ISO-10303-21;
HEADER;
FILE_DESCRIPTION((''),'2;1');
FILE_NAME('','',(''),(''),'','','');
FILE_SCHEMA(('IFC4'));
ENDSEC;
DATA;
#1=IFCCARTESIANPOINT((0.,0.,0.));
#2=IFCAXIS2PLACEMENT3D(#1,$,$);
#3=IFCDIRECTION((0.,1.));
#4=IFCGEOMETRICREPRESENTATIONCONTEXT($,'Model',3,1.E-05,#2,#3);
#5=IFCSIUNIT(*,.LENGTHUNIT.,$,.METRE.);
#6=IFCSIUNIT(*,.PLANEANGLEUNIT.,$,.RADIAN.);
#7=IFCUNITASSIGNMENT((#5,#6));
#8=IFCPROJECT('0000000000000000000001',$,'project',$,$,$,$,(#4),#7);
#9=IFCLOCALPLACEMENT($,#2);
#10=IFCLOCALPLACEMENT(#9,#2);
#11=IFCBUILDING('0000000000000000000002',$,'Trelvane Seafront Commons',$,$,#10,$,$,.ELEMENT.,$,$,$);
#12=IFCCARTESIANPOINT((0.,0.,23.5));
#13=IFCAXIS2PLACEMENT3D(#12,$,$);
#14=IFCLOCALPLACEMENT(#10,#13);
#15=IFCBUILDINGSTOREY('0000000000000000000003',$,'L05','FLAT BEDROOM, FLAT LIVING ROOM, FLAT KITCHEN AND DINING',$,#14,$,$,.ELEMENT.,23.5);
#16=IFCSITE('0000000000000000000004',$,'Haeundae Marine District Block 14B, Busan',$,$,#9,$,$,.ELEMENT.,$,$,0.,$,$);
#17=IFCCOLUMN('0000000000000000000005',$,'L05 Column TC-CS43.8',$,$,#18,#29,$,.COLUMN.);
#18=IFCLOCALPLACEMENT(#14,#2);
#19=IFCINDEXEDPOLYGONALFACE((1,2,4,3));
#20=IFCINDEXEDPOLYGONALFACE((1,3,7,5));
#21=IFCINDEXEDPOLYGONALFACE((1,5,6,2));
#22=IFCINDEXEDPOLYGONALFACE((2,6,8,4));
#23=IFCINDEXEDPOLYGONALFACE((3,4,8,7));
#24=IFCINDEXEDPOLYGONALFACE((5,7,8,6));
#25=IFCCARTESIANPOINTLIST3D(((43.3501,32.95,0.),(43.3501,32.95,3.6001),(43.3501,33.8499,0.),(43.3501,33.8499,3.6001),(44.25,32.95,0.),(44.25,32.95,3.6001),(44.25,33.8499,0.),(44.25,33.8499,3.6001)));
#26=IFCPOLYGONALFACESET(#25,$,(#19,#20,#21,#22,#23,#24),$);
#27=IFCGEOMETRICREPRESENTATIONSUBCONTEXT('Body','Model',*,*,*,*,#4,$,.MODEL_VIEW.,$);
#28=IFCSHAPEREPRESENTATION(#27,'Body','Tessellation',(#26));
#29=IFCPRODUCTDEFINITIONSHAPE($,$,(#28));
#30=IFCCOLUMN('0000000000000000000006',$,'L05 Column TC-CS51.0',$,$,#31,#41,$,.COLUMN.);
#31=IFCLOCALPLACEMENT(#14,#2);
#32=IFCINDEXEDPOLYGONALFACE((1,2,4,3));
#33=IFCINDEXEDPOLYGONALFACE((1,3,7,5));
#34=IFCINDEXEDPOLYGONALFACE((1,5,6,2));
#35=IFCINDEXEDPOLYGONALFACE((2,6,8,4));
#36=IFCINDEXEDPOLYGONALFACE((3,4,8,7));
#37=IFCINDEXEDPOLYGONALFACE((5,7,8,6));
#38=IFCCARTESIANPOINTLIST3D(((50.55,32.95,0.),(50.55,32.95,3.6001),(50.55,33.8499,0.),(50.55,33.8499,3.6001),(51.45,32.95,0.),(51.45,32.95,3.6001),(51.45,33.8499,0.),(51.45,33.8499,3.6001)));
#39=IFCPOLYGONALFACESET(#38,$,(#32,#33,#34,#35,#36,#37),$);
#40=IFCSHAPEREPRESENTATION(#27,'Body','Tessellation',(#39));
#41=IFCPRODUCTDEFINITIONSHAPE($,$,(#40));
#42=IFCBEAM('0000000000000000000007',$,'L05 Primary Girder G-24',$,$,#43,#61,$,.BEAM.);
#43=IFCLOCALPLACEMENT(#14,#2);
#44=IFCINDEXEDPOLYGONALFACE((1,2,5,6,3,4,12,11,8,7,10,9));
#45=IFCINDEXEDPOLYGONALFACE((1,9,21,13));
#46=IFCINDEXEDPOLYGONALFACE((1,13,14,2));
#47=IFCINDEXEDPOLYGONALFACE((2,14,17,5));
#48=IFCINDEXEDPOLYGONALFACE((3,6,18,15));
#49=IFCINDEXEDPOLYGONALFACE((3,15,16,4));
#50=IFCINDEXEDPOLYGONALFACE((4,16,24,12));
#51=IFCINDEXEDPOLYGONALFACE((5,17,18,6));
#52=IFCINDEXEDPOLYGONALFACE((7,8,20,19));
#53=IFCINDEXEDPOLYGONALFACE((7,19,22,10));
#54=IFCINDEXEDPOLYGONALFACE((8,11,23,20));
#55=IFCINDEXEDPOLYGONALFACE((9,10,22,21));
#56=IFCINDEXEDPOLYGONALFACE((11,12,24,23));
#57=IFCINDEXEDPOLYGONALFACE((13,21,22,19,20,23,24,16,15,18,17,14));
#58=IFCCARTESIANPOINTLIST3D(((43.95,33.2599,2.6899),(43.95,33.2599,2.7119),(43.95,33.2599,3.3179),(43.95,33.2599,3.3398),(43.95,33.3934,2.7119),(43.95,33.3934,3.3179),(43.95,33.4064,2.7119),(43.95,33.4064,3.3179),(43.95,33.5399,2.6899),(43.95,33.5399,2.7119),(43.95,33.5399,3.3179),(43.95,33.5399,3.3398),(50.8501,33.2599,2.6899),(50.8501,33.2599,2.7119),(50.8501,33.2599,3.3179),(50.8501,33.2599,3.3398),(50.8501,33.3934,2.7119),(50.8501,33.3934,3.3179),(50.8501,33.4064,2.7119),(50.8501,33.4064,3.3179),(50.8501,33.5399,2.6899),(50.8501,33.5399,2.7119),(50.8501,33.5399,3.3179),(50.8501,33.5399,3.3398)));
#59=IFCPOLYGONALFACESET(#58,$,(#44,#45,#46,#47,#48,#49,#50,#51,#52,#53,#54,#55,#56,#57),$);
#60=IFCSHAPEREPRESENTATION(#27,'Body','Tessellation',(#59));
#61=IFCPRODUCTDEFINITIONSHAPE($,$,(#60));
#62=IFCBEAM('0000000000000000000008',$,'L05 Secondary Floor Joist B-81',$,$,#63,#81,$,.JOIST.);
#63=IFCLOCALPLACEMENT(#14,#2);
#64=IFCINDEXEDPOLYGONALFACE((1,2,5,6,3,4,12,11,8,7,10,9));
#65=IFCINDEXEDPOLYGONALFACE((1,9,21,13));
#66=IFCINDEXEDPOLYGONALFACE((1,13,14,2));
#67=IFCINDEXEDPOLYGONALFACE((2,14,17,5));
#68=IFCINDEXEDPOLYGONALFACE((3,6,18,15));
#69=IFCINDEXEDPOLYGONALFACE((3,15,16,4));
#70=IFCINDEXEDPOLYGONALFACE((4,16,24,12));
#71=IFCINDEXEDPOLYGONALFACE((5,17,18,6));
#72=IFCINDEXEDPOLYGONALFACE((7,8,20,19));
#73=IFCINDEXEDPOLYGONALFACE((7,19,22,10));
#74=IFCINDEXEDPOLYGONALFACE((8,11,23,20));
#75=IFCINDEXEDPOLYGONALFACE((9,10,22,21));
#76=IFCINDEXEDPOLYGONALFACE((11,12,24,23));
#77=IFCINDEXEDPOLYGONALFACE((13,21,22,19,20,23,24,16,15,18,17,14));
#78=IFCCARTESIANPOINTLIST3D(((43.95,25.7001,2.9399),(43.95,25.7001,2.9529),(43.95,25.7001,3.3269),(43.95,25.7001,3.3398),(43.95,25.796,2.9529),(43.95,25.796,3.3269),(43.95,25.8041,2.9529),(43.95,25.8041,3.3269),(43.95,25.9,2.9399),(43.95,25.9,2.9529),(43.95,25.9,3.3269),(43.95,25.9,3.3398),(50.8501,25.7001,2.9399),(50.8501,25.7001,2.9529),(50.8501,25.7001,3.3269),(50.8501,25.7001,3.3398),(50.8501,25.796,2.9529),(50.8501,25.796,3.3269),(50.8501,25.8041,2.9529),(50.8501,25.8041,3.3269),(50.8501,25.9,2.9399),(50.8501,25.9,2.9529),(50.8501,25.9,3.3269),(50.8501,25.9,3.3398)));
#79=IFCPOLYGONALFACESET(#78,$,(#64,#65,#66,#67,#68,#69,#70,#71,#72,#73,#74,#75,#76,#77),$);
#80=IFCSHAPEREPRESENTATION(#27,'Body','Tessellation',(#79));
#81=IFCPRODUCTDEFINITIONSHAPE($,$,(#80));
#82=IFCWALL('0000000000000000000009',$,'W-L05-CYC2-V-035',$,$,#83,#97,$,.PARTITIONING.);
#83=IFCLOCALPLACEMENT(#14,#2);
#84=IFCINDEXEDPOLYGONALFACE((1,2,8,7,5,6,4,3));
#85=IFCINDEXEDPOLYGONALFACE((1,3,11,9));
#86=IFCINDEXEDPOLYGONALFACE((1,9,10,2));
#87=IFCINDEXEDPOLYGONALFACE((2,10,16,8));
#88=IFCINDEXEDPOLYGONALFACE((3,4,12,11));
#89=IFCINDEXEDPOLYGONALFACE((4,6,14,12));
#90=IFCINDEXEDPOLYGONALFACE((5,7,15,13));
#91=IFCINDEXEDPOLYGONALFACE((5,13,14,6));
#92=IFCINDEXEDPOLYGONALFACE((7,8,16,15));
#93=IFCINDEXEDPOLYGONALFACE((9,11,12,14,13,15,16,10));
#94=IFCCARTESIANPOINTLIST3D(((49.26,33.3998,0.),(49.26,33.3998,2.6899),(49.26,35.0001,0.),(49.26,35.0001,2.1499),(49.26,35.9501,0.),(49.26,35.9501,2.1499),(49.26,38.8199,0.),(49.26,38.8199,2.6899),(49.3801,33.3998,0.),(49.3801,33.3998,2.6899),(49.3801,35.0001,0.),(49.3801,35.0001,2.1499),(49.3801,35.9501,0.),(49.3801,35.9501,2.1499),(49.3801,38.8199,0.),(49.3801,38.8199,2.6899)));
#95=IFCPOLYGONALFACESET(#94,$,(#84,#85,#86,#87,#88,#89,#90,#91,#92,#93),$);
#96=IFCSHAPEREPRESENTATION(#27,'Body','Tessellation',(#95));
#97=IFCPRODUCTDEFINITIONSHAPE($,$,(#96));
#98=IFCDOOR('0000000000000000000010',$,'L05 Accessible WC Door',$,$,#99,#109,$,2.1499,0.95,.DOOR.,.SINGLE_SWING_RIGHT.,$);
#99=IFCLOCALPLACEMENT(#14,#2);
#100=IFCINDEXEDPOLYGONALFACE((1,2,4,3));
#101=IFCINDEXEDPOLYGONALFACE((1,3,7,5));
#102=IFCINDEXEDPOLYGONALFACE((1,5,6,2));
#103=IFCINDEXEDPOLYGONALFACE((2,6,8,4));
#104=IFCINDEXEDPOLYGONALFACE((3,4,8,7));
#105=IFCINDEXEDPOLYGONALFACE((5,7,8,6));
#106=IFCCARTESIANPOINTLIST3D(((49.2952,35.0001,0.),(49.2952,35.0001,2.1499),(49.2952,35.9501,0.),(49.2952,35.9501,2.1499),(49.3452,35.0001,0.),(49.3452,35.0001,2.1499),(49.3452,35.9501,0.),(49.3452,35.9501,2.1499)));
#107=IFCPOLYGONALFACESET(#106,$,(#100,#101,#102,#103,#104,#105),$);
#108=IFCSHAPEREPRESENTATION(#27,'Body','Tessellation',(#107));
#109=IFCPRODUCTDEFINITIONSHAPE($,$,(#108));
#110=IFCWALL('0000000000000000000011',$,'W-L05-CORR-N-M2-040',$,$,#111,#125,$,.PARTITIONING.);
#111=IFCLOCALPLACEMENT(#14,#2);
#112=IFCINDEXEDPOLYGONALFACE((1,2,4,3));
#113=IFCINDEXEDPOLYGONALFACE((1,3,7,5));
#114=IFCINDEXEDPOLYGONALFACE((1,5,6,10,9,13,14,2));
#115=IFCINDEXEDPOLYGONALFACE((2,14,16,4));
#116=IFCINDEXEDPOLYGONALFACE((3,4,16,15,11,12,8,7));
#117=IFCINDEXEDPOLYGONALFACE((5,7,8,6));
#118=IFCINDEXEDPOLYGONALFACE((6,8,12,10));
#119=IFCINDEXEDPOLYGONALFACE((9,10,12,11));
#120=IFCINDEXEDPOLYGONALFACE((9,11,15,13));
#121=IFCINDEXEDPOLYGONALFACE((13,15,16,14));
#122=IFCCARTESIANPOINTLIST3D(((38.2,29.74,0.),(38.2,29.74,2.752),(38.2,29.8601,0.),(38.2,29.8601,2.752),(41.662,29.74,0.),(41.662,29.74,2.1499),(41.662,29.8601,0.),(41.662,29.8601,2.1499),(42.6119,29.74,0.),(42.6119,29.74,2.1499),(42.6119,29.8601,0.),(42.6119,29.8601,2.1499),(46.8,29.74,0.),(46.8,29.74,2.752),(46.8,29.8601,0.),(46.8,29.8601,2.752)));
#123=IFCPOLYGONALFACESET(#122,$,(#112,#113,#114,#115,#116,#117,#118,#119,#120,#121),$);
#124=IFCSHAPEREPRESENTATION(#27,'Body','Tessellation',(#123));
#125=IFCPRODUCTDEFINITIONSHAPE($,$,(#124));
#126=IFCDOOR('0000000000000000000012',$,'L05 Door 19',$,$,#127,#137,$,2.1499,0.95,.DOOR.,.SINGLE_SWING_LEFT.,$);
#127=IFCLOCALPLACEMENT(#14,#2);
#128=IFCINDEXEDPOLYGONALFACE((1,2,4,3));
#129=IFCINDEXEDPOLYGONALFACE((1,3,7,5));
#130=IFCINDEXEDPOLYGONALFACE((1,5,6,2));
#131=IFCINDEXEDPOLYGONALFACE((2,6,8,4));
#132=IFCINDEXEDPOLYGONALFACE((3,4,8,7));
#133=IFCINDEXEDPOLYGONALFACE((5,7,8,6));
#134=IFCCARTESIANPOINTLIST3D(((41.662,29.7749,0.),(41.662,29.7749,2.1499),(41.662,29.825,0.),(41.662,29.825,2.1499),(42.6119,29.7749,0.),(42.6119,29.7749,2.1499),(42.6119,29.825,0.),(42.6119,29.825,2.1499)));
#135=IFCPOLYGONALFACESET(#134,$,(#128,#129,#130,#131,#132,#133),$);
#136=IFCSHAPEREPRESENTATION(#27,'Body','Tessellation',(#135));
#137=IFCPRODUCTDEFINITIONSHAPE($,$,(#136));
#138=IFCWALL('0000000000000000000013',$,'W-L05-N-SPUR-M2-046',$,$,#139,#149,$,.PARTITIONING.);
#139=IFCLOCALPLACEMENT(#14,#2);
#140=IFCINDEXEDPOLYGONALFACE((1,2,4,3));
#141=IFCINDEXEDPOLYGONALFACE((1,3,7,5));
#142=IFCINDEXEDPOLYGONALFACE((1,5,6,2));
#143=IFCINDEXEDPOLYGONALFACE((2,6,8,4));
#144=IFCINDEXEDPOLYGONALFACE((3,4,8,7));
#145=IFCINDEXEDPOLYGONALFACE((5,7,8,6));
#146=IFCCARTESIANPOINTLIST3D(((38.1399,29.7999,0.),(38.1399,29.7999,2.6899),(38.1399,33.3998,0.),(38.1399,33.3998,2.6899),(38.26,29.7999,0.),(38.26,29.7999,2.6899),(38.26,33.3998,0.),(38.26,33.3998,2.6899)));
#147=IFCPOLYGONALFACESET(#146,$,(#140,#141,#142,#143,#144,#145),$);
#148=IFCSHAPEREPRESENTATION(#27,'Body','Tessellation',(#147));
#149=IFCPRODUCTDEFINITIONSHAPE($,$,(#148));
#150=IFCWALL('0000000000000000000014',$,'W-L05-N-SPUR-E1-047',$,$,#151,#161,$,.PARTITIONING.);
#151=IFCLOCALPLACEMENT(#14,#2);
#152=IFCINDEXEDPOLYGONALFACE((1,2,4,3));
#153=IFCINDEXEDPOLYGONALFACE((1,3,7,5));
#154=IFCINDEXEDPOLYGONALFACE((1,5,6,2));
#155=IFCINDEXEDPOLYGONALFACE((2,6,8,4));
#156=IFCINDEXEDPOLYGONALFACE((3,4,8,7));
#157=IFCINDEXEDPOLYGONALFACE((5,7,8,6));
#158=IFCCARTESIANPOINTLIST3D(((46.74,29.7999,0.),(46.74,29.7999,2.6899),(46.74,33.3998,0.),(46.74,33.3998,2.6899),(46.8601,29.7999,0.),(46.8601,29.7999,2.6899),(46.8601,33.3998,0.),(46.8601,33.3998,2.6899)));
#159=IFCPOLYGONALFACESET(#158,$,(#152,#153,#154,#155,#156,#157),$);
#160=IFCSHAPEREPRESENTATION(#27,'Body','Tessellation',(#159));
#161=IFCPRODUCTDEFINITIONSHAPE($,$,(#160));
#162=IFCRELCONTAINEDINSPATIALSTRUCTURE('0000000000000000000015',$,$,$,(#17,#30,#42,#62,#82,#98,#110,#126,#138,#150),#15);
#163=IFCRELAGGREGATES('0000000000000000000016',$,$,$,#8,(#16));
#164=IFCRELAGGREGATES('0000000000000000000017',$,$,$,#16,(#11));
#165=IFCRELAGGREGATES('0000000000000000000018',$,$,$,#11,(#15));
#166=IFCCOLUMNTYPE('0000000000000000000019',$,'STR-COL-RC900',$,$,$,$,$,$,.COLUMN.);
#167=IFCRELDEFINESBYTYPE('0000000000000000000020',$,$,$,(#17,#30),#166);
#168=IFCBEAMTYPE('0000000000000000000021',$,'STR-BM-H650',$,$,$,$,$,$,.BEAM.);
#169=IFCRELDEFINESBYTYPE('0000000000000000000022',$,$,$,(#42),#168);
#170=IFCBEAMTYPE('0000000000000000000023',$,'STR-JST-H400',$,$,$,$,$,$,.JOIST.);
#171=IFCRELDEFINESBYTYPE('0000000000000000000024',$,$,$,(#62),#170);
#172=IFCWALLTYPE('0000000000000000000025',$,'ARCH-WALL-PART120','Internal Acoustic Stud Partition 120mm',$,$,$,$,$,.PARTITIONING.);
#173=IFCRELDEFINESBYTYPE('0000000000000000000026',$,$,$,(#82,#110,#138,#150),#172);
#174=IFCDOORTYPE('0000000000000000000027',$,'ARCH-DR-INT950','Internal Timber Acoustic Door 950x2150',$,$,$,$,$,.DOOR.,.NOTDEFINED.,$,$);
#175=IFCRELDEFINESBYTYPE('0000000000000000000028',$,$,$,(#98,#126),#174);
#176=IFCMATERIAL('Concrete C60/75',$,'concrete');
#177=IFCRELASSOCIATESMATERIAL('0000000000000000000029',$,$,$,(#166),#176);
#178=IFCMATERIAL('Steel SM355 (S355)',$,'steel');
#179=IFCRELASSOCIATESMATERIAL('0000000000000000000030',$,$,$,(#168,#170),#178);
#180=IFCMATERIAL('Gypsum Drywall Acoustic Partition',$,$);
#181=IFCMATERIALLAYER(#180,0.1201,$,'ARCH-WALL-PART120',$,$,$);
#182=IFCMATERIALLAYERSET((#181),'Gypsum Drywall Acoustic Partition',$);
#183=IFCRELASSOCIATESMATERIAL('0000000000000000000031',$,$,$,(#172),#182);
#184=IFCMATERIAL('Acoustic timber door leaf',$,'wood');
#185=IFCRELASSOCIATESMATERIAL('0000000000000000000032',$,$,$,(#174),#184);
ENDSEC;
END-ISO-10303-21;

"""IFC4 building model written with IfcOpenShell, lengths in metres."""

from ifc_helpers import new_model, si_unit, direction, frame, frame_2d, origin, origin_2d, place, context, subcontext, project, spatial, rectangle, i_section, extrude, source, transform, mapped, material, layer, layer_set, material_profile, profile_set, type_object, element, fill, save


model = new_model("IFC4")

# Units and contexts
model_context = context("Model", 3, precision=1e-05, world=origin(), true_north=direction((0.0, 1.0)))
body_context = subcontext(model_context, "Body", "Model", "MODEL_VIEW")
ifc_project = project(units=[si_unit("LENGTHUNIT", "METRE"), si_unit("PLANEANGLEUNIT", "RADIAN")], contexts=[model_context])

# Site, building, storey
site_placement = place(None, origin())
site = spatial("IfcSite", under=ifc_project, at=site_placement, Name="Haeundae Marine District Block 14B, Busan", CompositionType="ELEMENT", RefElevation=0.0)
building_placement = place(site_placement, origin())
building = spatial("IfcBuilding", under=site, at=building_placement, Name="Trelvane Seafront Commons", CompositionType="ELEMENT")
storey_placement = place(building_placement, frame((0.0, 0.0, 23.5)))
storey = spatial("IfcBuildingStorey", under=building, at=storey_placement, Name="L05", Description="FLAT BEDROOM, FLAT LIVING ROOM, FLAT KITCHEN AND DINING", CompositionType="ELEMENT", Elevation=23.5)

# Columns
ifc_material_1 = material(Name="Concrete C60/75", Category="concrete")
ifc_material_profile_1 = material_profile(ifc_material_1, rectangle(XDim=0.8999, YDim=0.8999, at=origin_2d()), Name="RC-900x900")
ifc_profile_set_1 = profile_set([ifc_material_profile_1], Name="Concrete C60/75")
column_type = type_object("IfcColumnType", Name="STR-COL-RC900", PredefinedType="COLUMN", material=ifc_profile_set_1)
shared_shape_1 = source(origin(), body_context, "Body", "SweptSolid", [
    extrude(rectangle(XDim=0.8999, YDim=0.8999, at=origin_2d()), origin(), (0.0, 0.0, 1.0), 3.6001),
])
for number, where, z_axis, x_axis, name in (
    (1, (43.8, 33.3999, 0.0), (0.0, 0.0, 1.0), (1.0, 0.0, 0.0), "L05 Column TC-CS43.8"),
    (2, (51.0, 33.3999, 0.0), (0.0, 0.0, 1.0), (1.0, 0.0, 0.0), "L05 Column TC-CS51.0"),
):
    element("IfcColumn", number, at=place(storey_placement, frame(where, z_axis=z_axis, x_axis=x_axis)), inside=storey, type_object=column_type, Name=name, PredefinedType="COLUMN", context=body_context, shape_type="MappedRepresentation", body=[
        mapped(shared_shape_1, transform((0.0, 0.0, 0.0), x_axis=(1.0, 0.0, 0.0), y_axis=(0.0, 1.0, 0.0), z_axis=(0.0, 0.0, 1.0), scale=1.0)),
    ])

# Beams
ifc_material_2 = material(Name="Steel SM355 (S355)", Category="steel")
ifc_material_profile_2 = material_profile(ifc_material_2, i_section(OverallWidth=0.28, OverallDepth=0.6499, WebThickness=0.0129, FlangeThickness=0.022, at=origin_2d()), Name="H-650x280x13x22")
ifc_profile_set_2 = profile_set([ifc_material_profile_2], Name="Steel SM355 (S355)")
beam_type_1 = type_object("IfcBeamType", Name="STR-BM-H650", PredefinedType="BEAM", material=ifc_profile_set_2)
shared_shape_2 = source(origin(), body_context, "Body", "SweptSolid", [
    extrude(i_section(OverallWidth=0.28, OverallDepth=0.6499, WebThickness=0.0129, FlangeThickness=0.022, at=origin_2d()), origin(), (0.0, 0.0, 1.0), 6.9001),
])
beam_1_placement = place(storey_placement, frame((43.95, 33.3999, 3.0149), z_axis=(1.0, 0.0, 0.0), x_axis=(0.0, 1.0, 0.0)))
element("IfcBeam", 3, at=beam_1_placement, inside=storey, type_object=beam_type_1, Name="L05 Primary Girder G-24", PredefinedType="BEAM", context=body_context, shape_type="MappedRepresentation", body=[
    mapped(shared_shape_2, transform((0.0, 0.0, 0.0), x_axis=(1.0, 0.0, 0.0), y_axis=(0.0, 1.0, 0.0), z_axis=(0.0, 0.0, 1.0), scale=1.0)),
])
ifc_material_profile_3 = material_profile(ifc_material_2, i_section(OverallWidth=0.2, OverallDepth=0.3999, WebThickness=0.0081, FlangeThickness=0.0129, at=origin_2d()), Name="H-400x200x8x13")
ifc_profile_set_3 = profile_set([ifc_material_profile_3], Name="Steel SM355 (S355)")
beam_type_2 = type_object("IfcBeamType", Name="STR-JST-H400", PredefinedType="JOIST", material=ifc_profile_set_3)
shared_shape_3 = source(origin(), body_context, "Body", "SweptSolid", [
    extrude(i_section(OverallWidth=0.2, OverallDepth=0.3999, WebThickness=0.0081, FlangeThickness=0.0129, at=origin_2d()), origin(), (0.0, 0.0, 1.0), 6.9001),
])
beam_2_placement = place(storey_placement, frame((43.95, 25.8, 3.1399), z_axis=(1.0, 0.0, 0.0), x_axis=(0.0, 1.0, 0.0)))
element("IfcBeam", 4, at=beam_2_placement, inside=storey, type_object=beam_type_2, Name="L05 Secondary Floor Joist B-81", PredefinedType="JOIST", context=body_context, shape_type="MappedRepresentation", body=[
    mapped(shared_shape_3, transform((0.0, 0.0, 0.0), x_axis=(1.0, 0.0, 0.0), y_axis=(0.0, 1.0, 0.0), z_axis=(0.0, 0.0, 1.0), scale=1.0)),
])

# Shared definitions
shared_shape_4 = source(origin(), body_context, "Body", "SweptSolid", [
    extrude(rectangle(XDim=0.95, YDim=2.1499, at=frame_2d((0.4751, 1.075))), frame((0.0, 0.0249, 0.0), z_axis=(0.0, -1.0, 0.0), x_axis=(1.0, 0.0, 0.0)), (0.0, 0.0, 1.0), 0.05),
])

# Walls, openings, doors
ifc_material_3 = material(Name="Gypsum Drywall Acoustic Partition")
ifc_layer_1 = layer(ifc_material_3, 0.1201, Name="ARCH-WALL-PART120")
ifc_layer_set_1 = layer_set([ifc_layer_1], Name="Gypsum Drywall Acoustic Partition")
wall_type_1 = type_object("IfcWallType", Name="ARCH-WALL-PART120", Description="Internal Acoustic Stud Partition 120mm", PredefinedType="PARTITIONING", material=ifc_layer_set_1)
wall_1_placement = place(storey_placement, frame((49.3201, 33.3999, 0.0), z_axis=(0.0, 0.0, 1.0), x_axis=(0.0, 1.0, 0.0)))
wall_1 = element("IfcWall", 5, at=wall_1_placement, inside=storey, type_object=wall_type_1, Name="W-L05-CYC2-V-035", PredefinedType="PARTITIONING", context=body_context, shape_type="SweptSolid", body=[
    extrude(rectangle(XDim=5.4202, YDim=0.1201, at=frame_2d((2.71, 0.0))), origin(), (0.0, 0.0, 1.0), 2.6899),
])
opening_1_placement = place(wall_1_placement, frame((1.6001, 0.0, 0.0)))
opening_1 = element("IfcOpeningElement", 6, at=opening_1_placement, cuts=wall_1, PredefinedType="OPENING", context=body_context, shape_type="SweptSolid", body=[
    extrude(rectangle(XDim=0.95, YDim=2.1499, at=frame_2d((0.4751, 1.075))), frame((0.0, 0.0701, 0.0), z_axis=(0.0, -1.0, 0.0), x_axis=(1.0, 0.0, 0.0)), (0.0, 0.0, 1.0), 0.1401),
])
ifc_material_4 = material(Name="Acoustic timber door leaf", Category="wood")
door_type_1 = type_object("IfcDoorType", Name="ARCH-DR-INT950", Description="Internal Timber Acoustic Door 950x2150", OperationType="NOTDEFINED", PredefinedType="DOOR", material=ifc_material_4)
door_1_placement = place(opening_1_placement, origin())
door_1 = element("IfcDoor", 7, at=door_1_placement, inside=storey, type_object=door_type_1, Name="L05 Accessible WC Door", OperationType="SINGLE_SWING_RIGHT", OverallHeight=2.1499, OverallWidth=0.95, PredefinedType="DOOR", context=body_context, shape_type="MappedRepresentation", body=[
    mapped(shared_shape_4, transform((0.0, 0.0, 0.0), x_axis=(1.0, 0.0, 0.0), y_axis=(0.0, 1.0, 0.0), z_axis=(0.0, 0.0, 1.0), scale=1.0)),
])
fill(opening_1, door_1)
wall_2_placement = place(storey_placement, frame((38.2, 29.8, 0.0), z_axis=(0.0, 0.0, 1.0), x_axis=(1.0, 0.0, 0.0)))
wall_2 = element("IfcWall", 8, at=wall_2_placement, inside=storey, type_object=wall_type_1, Name="W-L05-CORR-N-M2-040", PredefinedType="PARTITIONING", context=body_context, shape_type="SweptSolid", body=[
    extrude(rectangle(XDim=8.6001, YDim=0.1201, at=frame_2d((4.3, 0.0))), origin(), (0.0, 0.0, 1.0), 2.752),
])
opening_2_placement = place(wall_2_placement, frame((3.4619, 0.0, 0.0)))
opening_2 = element("IfcOpeningElement", 9, at=opening_2_placement, cuts=wall_2, PredefinedType="OPENING", context=body_context, shape_type="SweptSolid", body=[
    extrude(rectangle(XDim=0.95, YDim=2.1499, at=frame_2d((0.4751, 1.075))), frame((0.0, 0.0701, 0.0), z_axis=(0.0, -1.0, 0.0), x_axis=(1.0, 0.0, 0.0)), (0.0, 0.0, 1.0), 0.1401),
])
door_2_placement = place(opening_2_placement, origin())
door_2 = element("IfcDoor", 10, at=door_2_placement, inside=storey, type_object=door_type_1, Name="L05 Door 19", OperationType="SINGLE_SWING_LEFT", OverallHeight=2.1499, OverallWidth=0.95, PredefinedType="DOOR", context=body_context, shape_type="MappedRepresentation", body=[
    mapped(shared_shape_4, transform((0.0, 0.0, 0.0), x_axis=(1.0, 0.0, 0.0), y_axis=(0.0, 1.0, 0.0), z_axis=(0.0, 0.0, 1.0), scale=1.0)),
])
fill(opening_2, door_2)

# Walls
for number, where, z_axis, x_axis, name in (
    (11, (38.2, 29.8, 0.0), (0.0, 0.0, 1.0), (0.0, 1.0, 0.0), "W-L05-N-SPUR-M2-046"),
    (12, (46.8, 29.8, 0.0), (0.0, 0.0, 1.0), (0.0, 1.0, 0.0), "W-L05-N-SPUR-E1-047"),
):
    element("IfcWall", number, at=place(storey_placement, frame(where, z_axis=z_axis, x_axis=x_axis)), inside=storey, type_object=wall_type_1, Name=name, PredefinedType="PARTITIONING", context=body_context, shape_type="SweptSolid", body=[
        extrude(rectangle(XDim=3.5999, YDim=0.1201, at=frame_2d((1.7998, 0.0))), origin(), (0.0, 0.0, 1.0), 2.6899),
    ])

save(model, "model.ifc")
